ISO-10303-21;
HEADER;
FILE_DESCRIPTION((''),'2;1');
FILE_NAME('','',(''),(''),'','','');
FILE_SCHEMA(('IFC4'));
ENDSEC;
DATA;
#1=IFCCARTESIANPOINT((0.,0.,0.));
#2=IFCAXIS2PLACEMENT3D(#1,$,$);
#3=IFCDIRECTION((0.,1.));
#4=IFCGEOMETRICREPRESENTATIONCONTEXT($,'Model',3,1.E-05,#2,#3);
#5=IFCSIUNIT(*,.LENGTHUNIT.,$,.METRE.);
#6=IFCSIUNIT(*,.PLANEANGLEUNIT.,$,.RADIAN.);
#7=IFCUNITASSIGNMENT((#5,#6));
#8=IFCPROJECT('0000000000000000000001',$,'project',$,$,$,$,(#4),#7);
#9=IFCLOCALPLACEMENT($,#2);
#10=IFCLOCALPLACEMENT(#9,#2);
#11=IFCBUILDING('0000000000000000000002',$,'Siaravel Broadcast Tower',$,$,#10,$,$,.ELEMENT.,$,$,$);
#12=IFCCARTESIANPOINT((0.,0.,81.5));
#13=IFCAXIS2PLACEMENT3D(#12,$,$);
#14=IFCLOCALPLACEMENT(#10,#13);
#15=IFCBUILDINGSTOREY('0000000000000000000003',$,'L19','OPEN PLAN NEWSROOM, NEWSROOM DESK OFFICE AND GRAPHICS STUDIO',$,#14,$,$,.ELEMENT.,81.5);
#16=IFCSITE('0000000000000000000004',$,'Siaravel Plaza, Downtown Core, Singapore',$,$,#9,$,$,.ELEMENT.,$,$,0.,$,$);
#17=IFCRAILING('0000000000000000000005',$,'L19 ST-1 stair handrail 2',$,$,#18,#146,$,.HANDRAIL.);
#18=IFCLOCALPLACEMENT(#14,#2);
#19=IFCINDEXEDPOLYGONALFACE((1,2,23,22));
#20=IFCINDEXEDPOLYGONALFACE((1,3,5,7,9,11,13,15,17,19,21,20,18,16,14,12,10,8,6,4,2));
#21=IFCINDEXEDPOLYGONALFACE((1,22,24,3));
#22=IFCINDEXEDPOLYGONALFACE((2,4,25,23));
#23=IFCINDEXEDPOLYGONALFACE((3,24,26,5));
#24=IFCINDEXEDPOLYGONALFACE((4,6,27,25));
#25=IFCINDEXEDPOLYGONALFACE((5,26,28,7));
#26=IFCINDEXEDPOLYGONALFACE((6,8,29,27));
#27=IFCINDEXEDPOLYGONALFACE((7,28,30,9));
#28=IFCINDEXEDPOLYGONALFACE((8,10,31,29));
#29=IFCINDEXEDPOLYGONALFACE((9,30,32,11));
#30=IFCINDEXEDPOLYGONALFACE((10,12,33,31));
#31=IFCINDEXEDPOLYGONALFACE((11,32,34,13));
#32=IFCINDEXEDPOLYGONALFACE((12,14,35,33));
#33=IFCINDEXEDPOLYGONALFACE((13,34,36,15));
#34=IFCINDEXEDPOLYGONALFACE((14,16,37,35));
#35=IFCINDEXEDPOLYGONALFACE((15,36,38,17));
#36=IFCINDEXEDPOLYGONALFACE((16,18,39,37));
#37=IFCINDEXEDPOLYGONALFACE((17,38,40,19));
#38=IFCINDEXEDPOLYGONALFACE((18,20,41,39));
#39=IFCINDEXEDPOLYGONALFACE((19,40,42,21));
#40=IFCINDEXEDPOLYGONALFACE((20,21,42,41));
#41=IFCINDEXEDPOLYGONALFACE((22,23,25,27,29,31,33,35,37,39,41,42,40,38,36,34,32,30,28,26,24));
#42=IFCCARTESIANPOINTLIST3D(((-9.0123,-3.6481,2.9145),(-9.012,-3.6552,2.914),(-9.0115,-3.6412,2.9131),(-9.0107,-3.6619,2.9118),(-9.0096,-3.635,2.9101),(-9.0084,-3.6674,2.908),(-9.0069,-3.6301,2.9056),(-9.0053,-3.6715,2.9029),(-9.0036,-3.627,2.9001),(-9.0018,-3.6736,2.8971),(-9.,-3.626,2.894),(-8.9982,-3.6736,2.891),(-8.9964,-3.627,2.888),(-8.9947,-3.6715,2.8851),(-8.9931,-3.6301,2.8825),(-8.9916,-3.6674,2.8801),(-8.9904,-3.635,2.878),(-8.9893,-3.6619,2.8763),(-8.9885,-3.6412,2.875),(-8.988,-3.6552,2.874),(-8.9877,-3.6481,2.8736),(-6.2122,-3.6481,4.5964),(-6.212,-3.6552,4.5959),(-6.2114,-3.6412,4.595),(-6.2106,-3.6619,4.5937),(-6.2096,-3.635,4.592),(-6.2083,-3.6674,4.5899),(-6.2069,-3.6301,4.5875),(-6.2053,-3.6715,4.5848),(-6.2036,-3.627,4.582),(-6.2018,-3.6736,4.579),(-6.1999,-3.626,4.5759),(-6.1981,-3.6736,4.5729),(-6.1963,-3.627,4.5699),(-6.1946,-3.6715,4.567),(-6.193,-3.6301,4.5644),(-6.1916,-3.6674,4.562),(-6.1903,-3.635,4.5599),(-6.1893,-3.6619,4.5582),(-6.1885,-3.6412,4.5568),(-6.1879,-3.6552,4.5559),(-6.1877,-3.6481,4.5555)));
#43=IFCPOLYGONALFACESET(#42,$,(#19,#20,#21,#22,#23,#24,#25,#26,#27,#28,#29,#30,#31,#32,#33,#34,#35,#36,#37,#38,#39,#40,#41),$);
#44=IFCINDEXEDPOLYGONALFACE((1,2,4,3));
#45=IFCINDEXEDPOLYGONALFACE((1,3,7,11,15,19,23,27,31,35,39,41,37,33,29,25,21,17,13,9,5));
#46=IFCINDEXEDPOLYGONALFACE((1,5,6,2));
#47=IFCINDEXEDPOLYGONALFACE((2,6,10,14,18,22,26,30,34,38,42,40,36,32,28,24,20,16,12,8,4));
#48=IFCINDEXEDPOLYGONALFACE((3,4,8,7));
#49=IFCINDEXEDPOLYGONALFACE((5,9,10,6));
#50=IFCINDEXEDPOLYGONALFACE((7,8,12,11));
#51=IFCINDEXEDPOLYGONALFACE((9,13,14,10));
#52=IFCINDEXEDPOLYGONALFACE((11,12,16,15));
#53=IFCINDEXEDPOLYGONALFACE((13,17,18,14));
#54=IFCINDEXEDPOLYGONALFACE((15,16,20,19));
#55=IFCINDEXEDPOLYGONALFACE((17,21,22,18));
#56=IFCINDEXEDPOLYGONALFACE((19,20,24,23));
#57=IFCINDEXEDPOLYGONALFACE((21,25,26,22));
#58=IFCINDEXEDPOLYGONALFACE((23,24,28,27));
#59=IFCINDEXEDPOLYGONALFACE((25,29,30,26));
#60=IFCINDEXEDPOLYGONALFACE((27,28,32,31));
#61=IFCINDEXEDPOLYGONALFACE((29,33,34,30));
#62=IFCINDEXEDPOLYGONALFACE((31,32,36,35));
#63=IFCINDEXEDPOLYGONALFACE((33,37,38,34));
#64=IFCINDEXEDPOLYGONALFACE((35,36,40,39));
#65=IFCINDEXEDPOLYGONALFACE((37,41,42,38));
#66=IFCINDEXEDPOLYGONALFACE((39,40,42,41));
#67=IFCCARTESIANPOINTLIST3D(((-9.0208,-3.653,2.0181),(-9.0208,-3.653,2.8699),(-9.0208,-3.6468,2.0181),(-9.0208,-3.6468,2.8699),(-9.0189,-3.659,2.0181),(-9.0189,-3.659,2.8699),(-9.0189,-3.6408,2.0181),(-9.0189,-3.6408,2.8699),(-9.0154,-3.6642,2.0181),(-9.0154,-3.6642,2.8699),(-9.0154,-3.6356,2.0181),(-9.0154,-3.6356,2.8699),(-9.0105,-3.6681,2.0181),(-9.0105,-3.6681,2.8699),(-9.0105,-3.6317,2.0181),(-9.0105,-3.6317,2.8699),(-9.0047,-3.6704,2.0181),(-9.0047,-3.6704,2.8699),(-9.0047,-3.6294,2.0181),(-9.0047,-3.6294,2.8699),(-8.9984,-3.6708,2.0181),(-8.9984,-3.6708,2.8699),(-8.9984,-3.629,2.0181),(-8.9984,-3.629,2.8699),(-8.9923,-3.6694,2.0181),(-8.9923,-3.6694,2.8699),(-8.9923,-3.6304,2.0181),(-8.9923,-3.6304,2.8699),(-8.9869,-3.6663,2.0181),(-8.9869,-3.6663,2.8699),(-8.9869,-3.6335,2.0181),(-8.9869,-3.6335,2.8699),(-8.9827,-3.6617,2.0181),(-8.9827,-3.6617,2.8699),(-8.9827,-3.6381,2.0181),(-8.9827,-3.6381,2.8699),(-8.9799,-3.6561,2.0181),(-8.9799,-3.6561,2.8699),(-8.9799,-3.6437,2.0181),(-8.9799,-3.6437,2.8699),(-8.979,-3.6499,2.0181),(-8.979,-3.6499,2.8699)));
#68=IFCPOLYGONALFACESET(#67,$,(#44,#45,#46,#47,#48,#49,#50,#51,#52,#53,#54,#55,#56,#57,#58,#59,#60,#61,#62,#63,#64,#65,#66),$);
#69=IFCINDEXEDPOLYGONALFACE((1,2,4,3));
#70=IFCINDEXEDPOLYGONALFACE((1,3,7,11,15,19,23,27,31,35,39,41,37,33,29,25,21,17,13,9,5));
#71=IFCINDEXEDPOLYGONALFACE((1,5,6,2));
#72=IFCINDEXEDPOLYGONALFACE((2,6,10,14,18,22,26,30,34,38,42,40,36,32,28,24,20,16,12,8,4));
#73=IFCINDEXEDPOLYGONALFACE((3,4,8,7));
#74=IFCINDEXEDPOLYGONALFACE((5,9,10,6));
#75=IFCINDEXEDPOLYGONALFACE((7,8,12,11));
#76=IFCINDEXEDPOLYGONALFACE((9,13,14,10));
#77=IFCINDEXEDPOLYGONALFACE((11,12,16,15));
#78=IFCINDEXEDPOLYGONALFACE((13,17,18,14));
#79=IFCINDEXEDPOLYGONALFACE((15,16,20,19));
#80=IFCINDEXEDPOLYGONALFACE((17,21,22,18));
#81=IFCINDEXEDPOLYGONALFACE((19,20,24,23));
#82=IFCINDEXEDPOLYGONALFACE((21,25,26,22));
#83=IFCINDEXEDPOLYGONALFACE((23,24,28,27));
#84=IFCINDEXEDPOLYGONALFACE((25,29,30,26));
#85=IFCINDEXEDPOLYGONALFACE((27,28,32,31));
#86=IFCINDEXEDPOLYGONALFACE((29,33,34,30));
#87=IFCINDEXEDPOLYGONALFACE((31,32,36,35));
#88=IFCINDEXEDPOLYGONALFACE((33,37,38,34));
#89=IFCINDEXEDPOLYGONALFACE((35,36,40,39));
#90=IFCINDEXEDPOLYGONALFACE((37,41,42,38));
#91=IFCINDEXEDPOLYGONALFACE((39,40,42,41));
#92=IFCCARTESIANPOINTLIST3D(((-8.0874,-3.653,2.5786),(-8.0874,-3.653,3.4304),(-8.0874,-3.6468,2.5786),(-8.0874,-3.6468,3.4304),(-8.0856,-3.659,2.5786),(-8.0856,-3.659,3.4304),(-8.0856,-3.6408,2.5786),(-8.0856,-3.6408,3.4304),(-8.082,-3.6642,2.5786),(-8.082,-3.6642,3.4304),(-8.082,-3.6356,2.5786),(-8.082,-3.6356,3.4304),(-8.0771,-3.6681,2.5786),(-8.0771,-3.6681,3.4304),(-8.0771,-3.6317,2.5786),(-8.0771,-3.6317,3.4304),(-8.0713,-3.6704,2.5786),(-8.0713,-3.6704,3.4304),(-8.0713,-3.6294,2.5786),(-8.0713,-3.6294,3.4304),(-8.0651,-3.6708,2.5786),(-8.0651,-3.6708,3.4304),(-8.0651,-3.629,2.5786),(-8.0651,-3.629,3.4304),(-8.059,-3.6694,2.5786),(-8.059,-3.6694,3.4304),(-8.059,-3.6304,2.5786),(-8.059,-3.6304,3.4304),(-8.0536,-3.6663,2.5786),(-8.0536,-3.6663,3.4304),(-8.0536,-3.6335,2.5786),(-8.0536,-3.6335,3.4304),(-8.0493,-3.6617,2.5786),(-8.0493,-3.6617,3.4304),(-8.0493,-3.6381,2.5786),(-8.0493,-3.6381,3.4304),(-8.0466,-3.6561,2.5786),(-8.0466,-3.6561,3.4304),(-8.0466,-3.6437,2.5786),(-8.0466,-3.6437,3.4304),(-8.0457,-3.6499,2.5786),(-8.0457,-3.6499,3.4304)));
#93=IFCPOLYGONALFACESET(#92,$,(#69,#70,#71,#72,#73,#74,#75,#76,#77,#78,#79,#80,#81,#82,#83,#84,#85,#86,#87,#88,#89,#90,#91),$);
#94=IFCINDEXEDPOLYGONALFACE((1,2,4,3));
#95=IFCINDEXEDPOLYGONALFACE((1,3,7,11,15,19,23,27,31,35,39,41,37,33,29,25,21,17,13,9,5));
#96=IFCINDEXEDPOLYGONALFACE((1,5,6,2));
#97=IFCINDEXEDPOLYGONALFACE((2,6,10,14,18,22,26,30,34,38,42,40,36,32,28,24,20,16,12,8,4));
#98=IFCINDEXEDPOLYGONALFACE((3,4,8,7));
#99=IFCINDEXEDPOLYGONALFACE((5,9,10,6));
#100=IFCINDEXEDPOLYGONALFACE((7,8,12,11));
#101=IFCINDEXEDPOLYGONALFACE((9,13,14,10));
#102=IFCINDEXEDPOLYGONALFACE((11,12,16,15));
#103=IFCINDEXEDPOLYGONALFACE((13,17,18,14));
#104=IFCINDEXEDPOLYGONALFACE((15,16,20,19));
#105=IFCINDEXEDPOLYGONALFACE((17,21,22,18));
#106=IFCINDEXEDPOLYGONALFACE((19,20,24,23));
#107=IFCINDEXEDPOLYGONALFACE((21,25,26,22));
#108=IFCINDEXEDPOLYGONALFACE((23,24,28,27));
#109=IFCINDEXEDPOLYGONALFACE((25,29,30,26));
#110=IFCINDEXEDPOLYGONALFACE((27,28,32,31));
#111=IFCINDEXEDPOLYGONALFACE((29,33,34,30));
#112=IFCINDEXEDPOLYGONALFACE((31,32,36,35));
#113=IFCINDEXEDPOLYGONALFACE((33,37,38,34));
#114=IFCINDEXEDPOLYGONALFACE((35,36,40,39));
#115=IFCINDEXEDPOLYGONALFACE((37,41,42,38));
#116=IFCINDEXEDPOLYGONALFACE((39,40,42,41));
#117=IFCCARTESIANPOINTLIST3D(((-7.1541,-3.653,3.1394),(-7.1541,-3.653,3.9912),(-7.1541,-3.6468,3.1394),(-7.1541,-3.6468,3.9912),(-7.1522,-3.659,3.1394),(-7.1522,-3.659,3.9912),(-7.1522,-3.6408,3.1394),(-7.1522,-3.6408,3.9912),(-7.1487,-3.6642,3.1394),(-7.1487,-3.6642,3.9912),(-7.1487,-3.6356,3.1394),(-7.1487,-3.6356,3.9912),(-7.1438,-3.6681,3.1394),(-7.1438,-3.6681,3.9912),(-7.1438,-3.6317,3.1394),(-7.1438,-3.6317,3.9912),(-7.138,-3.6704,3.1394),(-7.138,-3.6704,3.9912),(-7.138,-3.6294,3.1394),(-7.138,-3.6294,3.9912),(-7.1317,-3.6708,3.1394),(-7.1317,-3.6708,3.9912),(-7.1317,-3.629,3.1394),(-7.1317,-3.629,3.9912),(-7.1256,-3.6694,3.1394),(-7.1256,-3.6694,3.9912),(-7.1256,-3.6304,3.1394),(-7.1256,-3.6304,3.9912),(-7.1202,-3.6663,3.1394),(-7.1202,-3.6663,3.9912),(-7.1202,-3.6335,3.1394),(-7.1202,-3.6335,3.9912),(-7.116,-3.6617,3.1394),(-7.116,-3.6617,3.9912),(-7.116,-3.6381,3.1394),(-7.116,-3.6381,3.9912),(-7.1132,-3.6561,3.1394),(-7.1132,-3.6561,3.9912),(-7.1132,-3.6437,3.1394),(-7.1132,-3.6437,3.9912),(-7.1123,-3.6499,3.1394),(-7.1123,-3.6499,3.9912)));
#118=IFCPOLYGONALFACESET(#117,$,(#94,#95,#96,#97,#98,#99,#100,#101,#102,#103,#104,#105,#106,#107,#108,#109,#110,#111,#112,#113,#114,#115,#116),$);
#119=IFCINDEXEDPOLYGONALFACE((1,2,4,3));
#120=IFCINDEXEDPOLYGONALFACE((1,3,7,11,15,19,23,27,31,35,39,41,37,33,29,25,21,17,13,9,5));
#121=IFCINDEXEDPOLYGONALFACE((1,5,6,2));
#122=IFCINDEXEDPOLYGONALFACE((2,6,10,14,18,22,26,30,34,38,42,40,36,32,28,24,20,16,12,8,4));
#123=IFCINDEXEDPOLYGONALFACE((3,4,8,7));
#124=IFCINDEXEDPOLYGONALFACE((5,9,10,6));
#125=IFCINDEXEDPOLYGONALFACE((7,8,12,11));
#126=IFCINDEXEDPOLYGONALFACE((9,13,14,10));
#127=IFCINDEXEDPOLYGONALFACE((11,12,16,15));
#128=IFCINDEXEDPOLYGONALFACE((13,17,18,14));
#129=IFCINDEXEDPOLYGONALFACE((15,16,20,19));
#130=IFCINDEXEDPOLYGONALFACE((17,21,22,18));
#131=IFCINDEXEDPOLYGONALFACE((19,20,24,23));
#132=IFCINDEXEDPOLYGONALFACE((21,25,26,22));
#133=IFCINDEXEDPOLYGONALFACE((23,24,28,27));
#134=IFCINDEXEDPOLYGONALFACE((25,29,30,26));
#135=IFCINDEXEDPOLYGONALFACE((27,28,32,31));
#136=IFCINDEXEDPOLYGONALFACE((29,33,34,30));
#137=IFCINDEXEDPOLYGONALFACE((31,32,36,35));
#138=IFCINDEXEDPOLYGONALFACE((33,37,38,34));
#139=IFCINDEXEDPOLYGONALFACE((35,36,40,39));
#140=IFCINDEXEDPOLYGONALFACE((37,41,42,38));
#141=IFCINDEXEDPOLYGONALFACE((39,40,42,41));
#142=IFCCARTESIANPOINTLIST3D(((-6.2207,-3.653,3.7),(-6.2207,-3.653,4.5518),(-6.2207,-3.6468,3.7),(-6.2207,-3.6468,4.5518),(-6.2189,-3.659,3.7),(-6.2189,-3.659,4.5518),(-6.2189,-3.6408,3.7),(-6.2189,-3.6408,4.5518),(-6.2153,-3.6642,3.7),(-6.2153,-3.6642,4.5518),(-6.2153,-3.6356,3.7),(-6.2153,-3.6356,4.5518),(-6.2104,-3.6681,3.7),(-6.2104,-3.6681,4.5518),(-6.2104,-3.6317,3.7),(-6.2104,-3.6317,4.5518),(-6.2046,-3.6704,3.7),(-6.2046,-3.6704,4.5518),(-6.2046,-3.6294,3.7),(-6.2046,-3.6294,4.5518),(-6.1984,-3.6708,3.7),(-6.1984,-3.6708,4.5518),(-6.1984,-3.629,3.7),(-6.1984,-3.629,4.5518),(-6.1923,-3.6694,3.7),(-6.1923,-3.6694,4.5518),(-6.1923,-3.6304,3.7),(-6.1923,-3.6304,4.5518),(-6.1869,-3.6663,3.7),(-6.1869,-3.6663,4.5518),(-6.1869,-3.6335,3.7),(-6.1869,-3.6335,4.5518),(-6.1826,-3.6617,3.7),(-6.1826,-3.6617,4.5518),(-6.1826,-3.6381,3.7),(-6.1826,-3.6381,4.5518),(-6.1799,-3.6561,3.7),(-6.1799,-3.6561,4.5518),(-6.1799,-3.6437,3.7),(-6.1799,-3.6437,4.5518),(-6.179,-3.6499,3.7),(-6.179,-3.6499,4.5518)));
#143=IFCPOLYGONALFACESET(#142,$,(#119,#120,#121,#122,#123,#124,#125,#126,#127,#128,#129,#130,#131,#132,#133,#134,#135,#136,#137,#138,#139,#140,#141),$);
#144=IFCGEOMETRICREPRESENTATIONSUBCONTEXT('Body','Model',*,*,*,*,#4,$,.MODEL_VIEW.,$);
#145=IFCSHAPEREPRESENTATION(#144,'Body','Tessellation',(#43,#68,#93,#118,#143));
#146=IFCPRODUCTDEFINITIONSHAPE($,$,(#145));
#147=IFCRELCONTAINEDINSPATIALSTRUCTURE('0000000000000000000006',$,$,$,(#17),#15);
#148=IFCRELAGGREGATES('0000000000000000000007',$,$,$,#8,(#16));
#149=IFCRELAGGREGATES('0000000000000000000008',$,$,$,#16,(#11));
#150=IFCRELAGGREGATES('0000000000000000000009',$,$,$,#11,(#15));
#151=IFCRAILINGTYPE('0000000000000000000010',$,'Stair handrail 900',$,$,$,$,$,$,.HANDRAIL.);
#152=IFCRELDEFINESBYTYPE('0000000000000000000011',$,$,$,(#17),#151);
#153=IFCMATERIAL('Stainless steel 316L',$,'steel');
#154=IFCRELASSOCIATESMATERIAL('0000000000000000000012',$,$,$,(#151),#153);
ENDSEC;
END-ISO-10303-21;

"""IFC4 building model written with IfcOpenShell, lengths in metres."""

from ifc_helpers import new_model, si_unit, direction, frame, origin, origin_2d, place, context, subcontext, project, spatial, circle, extrude, material, type_object, element, save


model = new_model("IFC4")

# Units and contexts
model_context = context("Model", 3, precision=1e-05, world=origin(), true_north=direction((0.0, 1.0)))
body_context = subcontext(model_context, "Body", "Model", "MODEL_VIEW")
ifc_project = project(units=[si_unit("LENGTHUNIT", "METRE"), si_unit("PLANEANGLEUNIT", "RADIAN")], contexts=[model_context])

# Site, building, storey
site_placement = place(None, origin())
site = spatial("IfcSite", under=ifc_project, at=site_placement, Name="Siaravel Plaza, Downtown Core, Singapore", CompositionType="ELEMENT", RefElevation=0.0)
building_placement = place(site_placement, origin())
building = spatial("IfcBuilding", under=site, at=building_placement, Name="Siaravel Broadcast Tower", CompositionType="ELEMENT")
storey_placement = place(building_placement, frame((0.0, 0.0, 81.5)))
storey = spatial("IfcBuildingStorey", under=building, at=storey_placement, Name="L19", Description="OPEN PLAN NEWSROOM, NEWSROOM DESK OFFICE AND GRAPHICS STUDIO", CompositionType="ELEMENT", Elevation=81.5)

# Shared definitions
ifc_material_1 = material(Name="Stainless steel 316L", Category="steel")

# Railing
railing_type_1 = type_object("IfcRailingType", Name="Stair handrail 900", PredefinedType="HANDRAIL", material=ifc_material_1)
railing_1_placement = place(storey_placement, frame((-9.0, -3.6499, 2.0181)))
element("IfcRailing", 1, at=railing_1_placement, inside=storey, type_object=railing_type_1, Name="L19 ST-1 stair handrail 2", PredefinedType="HANDRAIL", context=body_context, shape_type="SweptSolid", body=[
    extrude(circle(Radius=0.0239, at=origin_2d()), frame((0.0, 0.0, 0.876), z_axis=(0.857242, 0.0, 0.514913), x_axis=(0.0, 1.0, 0.0)), (0.0, 0.0, 1.0), 3.2664),
    extrude(circle(Radius=0.021, at=origin_2d()), origin(), (0.0, 0.0, 1.0), 0.8518),
    extrude(circle(Radius=0.021, at=origin_2d()), frame((0.9333, 0.0, 0.5605)), (0.0, 0.0, 1.0), 0.8518),
    extrude(circle(Radius=0.021, at=origin_2d()), frame((1.8667, 0.0, 1.1213)), (0.0, 0.0, 1.0), 0.8518),
    extrude(circle(Radius=0.021, at=origin_2d()), frame((2.8, 0.0, 1.6819)), (0.0, 0.0, 1.0), 0.8518),
])

save(model, "model.ifc")
